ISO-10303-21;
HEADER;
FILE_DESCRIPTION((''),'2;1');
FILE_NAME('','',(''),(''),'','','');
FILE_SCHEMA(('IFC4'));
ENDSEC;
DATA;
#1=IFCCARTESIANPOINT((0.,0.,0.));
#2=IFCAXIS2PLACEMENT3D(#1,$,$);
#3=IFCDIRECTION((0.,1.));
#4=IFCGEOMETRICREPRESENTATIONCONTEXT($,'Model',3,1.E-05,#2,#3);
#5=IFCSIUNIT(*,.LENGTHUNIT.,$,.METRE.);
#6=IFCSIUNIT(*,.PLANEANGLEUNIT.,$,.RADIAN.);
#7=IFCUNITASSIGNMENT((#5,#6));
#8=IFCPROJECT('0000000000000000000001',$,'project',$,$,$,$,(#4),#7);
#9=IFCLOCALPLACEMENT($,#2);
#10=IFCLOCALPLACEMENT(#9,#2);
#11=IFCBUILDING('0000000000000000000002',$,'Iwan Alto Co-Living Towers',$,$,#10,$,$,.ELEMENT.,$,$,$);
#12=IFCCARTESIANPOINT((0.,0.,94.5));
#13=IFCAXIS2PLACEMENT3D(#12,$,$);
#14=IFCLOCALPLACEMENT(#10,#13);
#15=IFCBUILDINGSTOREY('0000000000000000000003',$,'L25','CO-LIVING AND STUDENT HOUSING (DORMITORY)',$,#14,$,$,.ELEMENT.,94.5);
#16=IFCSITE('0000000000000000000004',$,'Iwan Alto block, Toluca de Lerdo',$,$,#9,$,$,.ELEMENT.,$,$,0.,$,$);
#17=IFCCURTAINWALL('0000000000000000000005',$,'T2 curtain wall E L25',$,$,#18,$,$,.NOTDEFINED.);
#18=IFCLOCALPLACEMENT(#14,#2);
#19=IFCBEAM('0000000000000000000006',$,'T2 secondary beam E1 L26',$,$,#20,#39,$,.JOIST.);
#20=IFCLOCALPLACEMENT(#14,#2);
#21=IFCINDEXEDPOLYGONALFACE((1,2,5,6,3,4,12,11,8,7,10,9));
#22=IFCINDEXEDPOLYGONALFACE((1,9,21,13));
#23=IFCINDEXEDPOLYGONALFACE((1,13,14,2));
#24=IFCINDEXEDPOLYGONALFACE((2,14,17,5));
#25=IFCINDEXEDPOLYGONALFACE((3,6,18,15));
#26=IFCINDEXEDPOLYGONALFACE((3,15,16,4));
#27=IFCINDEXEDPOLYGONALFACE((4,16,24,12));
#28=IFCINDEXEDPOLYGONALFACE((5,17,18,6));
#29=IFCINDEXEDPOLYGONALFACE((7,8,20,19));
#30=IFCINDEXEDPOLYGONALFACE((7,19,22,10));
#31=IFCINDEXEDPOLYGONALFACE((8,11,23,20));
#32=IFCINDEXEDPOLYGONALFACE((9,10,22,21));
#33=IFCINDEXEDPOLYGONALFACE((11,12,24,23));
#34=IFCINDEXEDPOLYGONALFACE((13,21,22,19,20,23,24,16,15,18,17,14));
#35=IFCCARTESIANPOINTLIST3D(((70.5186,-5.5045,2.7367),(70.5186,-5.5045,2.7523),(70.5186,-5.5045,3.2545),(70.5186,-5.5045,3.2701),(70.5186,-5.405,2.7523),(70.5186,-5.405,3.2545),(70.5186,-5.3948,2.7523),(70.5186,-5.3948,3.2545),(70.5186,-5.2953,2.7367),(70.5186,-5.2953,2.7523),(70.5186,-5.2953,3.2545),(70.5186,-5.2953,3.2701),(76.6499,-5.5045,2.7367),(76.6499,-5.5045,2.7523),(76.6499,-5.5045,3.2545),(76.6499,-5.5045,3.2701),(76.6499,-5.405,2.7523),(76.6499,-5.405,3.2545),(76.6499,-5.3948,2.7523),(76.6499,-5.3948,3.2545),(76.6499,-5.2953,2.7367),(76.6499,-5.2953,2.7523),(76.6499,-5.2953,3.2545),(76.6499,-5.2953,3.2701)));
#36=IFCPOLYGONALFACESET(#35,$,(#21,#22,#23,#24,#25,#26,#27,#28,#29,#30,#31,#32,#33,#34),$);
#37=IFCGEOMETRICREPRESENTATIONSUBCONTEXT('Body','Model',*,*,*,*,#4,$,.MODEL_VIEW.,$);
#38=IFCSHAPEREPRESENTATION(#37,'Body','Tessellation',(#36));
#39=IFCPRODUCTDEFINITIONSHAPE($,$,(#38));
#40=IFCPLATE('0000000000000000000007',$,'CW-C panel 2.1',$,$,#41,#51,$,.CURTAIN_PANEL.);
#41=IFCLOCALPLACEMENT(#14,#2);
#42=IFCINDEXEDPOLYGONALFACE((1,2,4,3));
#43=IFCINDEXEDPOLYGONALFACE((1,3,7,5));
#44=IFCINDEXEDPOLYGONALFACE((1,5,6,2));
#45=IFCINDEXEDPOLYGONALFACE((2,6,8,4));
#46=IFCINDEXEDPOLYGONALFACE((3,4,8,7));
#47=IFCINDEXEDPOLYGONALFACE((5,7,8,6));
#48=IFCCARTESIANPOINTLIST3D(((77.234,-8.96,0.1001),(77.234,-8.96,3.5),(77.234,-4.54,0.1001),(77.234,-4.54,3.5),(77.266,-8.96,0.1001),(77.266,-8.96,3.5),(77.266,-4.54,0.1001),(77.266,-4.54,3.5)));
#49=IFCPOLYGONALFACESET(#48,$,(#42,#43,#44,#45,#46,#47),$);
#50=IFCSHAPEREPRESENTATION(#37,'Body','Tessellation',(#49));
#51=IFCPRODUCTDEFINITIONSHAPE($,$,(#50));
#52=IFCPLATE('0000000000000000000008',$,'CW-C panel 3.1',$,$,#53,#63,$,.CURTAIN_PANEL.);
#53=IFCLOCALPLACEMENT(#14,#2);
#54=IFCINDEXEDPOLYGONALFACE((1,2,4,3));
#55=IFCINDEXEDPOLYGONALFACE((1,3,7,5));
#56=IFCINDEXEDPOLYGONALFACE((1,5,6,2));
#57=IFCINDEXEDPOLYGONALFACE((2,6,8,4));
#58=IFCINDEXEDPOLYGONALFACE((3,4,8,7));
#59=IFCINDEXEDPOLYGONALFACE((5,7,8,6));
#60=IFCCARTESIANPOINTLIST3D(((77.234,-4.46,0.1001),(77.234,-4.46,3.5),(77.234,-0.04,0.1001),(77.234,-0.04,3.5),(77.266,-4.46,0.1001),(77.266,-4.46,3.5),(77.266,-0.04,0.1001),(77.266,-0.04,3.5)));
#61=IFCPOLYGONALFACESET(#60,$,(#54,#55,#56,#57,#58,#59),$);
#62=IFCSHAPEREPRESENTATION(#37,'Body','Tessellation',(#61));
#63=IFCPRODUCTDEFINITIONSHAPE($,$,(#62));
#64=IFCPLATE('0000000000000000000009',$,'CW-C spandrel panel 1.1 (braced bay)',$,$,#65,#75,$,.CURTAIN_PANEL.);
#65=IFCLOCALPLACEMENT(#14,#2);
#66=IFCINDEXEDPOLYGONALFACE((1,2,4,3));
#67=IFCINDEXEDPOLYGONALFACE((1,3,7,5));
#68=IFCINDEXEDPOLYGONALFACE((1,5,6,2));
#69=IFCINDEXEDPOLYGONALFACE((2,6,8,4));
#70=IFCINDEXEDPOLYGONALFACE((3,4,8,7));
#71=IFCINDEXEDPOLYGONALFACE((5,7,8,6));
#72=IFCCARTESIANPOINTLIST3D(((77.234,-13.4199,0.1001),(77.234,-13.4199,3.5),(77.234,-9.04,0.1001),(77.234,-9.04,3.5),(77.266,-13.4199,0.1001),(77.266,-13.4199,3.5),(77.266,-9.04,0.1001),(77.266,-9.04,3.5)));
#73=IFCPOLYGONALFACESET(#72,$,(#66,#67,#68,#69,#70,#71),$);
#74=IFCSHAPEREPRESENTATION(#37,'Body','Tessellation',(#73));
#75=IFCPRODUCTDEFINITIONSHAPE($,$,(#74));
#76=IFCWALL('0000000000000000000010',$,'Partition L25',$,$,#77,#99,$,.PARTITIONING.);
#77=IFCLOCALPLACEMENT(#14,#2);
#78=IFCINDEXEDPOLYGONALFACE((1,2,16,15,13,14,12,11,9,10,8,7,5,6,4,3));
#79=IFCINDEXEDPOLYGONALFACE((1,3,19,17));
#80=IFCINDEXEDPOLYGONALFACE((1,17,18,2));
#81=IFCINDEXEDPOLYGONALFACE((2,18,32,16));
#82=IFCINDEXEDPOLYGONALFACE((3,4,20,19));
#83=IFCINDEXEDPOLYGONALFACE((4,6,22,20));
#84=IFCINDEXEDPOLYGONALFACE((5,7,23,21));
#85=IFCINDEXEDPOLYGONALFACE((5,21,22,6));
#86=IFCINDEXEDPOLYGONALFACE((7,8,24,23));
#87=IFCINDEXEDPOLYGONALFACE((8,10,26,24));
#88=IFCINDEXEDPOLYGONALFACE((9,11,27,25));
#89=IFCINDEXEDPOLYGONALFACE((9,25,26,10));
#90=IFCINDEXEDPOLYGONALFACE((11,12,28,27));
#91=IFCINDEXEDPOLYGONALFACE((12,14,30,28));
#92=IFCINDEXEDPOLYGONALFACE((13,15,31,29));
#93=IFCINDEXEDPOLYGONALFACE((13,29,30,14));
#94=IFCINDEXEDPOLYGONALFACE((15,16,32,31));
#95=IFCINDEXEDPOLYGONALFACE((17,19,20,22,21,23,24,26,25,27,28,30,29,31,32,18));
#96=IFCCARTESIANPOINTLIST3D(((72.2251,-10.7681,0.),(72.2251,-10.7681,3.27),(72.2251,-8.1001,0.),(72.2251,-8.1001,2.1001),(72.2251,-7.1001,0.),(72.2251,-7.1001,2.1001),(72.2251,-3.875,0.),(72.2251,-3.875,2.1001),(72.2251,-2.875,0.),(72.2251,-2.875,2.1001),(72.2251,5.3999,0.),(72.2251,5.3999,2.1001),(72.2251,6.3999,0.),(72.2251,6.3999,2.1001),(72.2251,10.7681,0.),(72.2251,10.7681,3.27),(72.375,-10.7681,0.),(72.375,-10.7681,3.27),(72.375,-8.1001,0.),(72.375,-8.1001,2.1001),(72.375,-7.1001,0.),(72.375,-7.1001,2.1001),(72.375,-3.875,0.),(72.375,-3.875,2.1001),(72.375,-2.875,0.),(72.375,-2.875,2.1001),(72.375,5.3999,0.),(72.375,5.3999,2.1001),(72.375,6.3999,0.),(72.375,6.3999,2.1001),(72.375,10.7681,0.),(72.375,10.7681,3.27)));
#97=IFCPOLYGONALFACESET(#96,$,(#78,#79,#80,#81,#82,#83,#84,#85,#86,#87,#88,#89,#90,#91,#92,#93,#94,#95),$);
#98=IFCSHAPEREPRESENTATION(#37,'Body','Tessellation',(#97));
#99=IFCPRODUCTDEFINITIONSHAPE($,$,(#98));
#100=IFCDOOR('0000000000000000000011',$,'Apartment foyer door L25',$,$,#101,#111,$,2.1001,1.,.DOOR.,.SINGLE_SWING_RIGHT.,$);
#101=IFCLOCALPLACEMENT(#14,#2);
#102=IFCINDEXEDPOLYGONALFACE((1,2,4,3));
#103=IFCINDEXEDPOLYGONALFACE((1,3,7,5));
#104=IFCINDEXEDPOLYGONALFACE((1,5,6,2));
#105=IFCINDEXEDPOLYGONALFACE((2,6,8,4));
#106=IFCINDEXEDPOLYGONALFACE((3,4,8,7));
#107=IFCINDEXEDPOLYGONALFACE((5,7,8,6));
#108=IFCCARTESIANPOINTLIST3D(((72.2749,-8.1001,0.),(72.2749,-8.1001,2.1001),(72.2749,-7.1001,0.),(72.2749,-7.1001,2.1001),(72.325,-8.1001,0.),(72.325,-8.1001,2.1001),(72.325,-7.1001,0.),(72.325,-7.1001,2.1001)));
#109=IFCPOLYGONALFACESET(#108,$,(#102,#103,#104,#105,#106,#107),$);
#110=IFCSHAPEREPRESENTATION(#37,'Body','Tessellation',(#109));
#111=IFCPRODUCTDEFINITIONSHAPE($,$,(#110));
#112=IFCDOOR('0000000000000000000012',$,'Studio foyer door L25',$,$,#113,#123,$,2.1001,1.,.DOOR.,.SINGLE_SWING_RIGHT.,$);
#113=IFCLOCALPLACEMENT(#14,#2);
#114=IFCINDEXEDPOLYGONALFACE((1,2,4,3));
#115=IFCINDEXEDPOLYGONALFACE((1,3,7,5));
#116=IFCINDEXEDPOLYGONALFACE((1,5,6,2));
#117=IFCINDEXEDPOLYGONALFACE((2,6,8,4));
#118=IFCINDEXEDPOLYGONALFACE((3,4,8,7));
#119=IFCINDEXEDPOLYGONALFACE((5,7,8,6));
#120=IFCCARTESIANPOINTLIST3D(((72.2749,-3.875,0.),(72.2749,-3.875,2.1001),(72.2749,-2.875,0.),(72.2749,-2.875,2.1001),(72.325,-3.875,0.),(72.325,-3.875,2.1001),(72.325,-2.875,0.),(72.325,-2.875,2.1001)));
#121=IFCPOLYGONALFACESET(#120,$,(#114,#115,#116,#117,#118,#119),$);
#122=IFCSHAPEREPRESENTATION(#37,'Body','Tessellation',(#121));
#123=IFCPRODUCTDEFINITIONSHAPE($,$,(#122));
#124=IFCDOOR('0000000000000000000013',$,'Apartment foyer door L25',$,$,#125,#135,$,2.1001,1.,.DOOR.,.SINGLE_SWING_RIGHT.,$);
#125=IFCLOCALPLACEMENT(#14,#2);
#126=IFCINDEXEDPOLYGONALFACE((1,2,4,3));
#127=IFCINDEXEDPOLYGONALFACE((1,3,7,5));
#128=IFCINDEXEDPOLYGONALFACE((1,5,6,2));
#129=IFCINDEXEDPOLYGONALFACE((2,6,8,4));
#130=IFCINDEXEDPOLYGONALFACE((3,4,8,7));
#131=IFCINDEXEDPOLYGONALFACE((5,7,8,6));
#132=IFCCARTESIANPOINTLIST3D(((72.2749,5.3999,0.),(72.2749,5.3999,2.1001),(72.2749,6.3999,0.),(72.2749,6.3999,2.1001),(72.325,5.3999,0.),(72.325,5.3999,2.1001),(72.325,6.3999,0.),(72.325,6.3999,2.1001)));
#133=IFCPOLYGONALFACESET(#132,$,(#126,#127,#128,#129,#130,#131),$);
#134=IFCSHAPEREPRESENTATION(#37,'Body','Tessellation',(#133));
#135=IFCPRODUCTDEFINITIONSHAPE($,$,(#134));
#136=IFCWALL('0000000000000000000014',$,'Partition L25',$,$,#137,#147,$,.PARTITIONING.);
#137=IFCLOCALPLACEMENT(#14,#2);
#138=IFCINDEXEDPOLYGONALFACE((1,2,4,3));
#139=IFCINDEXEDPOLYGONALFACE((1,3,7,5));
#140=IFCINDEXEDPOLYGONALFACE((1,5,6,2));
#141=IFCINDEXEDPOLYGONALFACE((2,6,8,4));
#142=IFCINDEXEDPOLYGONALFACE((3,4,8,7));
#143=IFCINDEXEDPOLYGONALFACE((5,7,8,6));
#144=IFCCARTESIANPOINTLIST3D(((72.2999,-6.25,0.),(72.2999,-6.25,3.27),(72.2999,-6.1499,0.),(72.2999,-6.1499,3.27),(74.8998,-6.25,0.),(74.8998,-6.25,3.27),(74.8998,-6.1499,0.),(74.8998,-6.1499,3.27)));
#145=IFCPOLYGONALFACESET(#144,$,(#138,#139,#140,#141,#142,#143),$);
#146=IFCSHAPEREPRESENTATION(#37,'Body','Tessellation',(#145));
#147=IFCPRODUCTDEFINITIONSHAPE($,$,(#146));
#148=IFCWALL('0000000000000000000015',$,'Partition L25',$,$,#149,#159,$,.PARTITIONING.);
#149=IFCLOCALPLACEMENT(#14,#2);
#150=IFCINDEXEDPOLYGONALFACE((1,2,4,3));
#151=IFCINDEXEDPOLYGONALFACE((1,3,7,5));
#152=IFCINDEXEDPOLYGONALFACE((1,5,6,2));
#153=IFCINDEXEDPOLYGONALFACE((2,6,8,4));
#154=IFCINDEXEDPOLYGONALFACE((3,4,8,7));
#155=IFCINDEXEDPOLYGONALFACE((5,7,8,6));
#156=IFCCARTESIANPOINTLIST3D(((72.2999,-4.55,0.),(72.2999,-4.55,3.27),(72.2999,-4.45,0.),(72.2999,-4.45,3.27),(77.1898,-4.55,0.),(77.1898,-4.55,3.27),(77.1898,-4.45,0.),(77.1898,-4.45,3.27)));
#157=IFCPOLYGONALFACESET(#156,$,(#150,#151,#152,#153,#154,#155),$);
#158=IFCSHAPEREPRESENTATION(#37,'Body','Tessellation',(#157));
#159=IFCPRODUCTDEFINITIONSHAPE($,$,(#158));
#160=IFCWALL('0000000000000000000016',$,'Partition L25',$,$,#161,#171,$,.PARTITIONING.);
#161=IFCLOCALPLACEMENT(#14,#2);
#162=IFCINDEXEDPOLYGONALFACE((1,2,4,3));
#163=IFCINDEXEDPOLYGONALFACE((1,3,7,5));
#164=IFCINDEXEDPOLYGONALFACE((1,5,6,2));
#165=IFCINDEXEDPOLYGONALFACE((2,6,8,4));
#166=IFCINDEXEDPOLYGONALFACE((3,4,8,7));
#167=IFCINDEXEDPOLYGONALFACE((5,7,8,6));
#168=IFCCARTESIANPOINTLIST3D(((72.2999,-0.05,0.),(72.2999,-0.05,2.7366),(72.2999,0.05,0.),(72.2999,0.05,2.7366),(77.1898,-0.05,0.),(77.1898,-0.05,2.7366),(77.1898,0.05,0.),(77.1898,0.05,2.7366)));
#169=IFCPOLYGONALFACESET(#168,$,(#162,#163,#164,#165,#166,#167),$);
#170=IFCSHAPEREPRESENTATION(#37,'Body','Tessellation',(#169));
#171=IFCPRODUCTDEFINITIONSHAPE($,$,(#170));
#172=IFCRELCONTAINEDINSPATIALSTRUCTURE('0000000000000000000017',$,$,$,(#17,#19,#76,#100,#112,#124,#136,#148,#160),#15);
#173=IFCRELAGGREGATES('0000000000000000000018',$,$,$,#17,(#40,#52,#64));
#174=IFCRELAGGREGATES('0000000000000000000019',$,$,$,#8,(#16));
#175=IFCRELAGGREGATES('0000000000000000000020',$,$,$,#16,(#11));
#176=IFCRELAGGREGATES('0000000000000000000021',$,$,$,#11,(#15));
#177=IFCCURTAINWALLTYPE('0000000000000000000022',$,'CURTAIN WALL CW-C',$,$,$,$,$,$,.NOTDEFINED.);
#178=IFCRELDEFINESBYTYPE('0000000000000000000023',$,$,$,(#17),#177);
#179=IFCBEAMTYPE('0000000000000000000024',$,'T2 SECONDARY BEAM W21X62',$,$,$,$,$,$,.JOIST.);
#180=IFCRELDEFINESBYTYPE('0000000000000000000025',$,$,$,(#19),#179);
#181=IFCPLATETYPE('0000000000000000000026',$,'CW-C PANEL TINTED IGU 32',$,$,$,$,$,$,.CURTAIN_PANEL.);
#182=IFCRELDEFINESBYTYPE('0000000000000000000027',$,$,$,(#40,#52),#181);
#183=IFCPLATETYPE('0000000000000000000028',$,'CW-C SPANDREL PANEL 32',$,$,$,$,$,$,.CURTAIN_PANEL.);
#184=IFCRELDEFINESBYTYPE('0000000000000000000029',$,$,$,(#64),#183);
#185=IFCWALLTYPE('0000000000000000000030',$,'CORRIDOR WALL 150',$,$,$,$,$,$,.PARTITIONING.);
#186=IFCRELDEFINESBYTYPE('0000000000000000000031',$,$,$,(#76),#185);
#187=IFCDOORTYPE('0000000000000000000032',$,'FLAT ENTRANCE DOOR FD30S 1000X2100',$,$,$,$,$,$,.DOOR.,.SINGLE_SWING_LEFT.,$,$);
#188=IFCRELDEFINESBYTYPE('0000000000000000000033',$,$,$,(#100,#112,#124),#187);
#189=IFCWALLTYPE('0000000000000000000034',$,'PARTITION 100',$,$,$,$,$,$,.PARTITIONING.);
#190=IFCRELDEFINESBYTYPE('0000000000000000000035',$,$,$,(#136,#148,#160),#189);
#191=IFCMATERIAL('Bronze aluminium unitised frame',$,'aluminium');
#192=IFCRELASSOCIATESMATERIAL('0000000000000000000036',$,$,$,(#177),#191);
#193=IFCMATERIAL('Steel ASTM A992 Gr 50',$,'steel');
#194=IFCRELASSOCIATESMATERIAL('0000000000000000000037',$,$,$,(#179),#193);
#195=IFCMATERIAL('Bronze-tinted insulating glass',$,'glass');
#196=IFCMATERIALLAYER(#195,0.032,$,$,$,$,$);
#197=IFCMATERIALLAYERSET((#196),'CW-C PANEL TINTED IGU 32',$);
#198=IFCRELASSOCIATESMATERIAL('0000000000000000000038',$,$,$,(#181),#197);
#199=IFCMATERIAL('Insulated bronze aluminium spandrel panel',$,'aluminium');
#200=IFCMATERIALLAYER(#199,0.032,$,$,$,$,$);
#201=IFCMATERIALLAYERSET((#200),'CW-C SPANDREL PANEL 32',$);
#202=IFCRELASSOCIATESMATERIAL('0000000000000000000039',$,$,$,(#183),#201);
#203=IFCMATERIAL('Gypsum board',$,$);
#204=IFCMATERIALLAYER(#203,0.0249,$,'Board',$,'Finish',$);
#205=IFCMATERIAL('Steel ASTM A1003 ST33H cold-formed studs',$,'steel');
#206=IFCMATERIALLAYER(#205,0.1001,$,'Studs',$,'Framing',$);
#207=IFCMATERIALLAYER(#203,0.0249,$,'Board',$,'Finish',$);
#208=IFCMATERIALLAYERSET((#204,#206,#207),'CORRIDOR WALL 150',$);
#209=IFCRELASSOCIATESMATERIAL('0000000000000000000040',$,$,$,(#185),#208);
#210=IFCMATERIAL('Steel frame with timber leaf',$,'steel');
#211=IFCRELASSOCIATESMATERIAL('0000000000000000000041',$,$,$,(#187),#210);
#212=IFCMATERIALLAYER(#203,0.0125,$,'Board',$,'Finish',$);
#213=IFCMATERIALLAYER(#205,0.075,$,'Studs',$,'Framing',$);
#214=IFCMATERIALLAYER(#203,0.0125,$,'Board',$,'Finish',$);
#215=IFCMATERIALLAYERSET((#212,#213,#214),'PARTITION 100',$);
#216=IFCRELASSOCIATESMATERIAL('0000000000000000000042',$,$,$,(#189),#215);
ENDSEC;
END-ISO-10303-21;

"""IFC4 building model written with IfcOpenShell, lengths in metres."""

from ifc_helpers import new_model, si_unit, direction, frame, frame_2d, origin, origin_2d, place, context, subcontext, project, spatial, rectangle, i_section, extrude, material, layer, layer_set, material_profile, profile_set, type_object, element, fill, aggregate, save


model = new_model("IFC4")

# Units and contexts
model_context = context("Model", 3, precision=1e-05, world=origin(), true_north=direction((0.0, 1.0)))
body_context = subcontext(model_context, "Body", "Model", "MODEL_VIEW")
ifc_project = project(units=[si_unit("LENGTHUNIT", "METRE"), si_unit("PLANEANGLEUNIT", "RADIAN")], contexts=[model_context])

# Site, building, storey
site_placement = place(None, origin())
site = spatial("IfcSite", under=ifc_project, at=site_placement, Name="Iwan Alto block, Toluca de Lerdo", CompositionType="ELEMENT", RefElevation=0.0)
building_placement = place(site_placement, origin())
building = spatial("IfcBuilding", under=site, at=building_placement, Name="Iwan Alto Co-Living Towers", CompositionType="ELEMENT")
storey_placement = place(building_placement, frame((0.0, 0.0, 94.5)))
storey = spatial("IfcBuildingStorey", under=building, at=storey_placement, Name="L25", Description="CO-LIVING AND STUDENT HOUSING (DORMITORY)", CompositionType="ELEMENT", Elevation=94.5)

# Curtain wall
ifc_material_1 = material(Name="Bronze aluminium unitised frame", Category="aluminium")
curtain_wall_type = type_object("IfcCurtainWallType", Name="CURTAIN WALL CW-C", PredefinedType="NOTDEFINED", material=ifc_material_1)
curtain_wall_placement = place(storey_placement, origin())
curtain_wall = element("IfcCurtainWall", 1, at=curtain_wall_placement, inside=storey, type_object=curtain_wall_type, Name="T2 curtain wall E L25", PredefinedType="NOTDEFINED")

# Beam
ifc_material_2 = material(Name="Steel ASTM A992 Gr 50", Category="steel")
ifc_material_profile_1 = material_profile(ifc_material_2, i_section(OverallWidth=0.2092, OverallDepth=0.5334, WebThickness=0.0103, FlangeThickness=0.0156, at=origin_2d()), Name="W21X62")
ifc_profile_set_1 = profile_set([ifc_material_profile_1], Name="Steel ASTM A992 Gr 50")
beam_type_1 = type_object("IfcBeamType", Name="T2 SECONDARY BEAM W21X62", PredefinedType="JOIST", material=ifc_profile_set_1)
beam_1_placement = place(storey_placement, frame((76.6499, -5.3999, 3.0034), z_axis=(-1.0, 0.0, 0.0), x_axis=(0.0, -1.0, 0.0)))
element("IfcBeam", 2, at=beam_1_placement, inside=storey, type_object=beam_type_1, Name="T2 secondary beam E1 L26", PredefinedType="JOIST", context=body_context, shape_type="SweptSolid", body=[
    extrude(i_section(OverallWidth=0.2092, OverallDepth=0.5334, WebThickness=0.0103, FlangeThickness=0.0156, at=origin_2d()), origin(), (0.0, 0.0, 1.0), 6.1313),
])

# Plates
ifc_material_3 = material(Name="Bronze-tinted insulating glass", Category="glass")
ifc_layer_1 = layer(ifc_material_3, 0.032)
ifc_layer_set_1 = layer_set([ifc_layer_1], Name="CW-C PANEL TINTED IGU 32")
plate_type_1 = type_object("IfcPlateType", Name="CW-C PANEL TINTED IGU 32", PredefinedType="CURTAIN_PANEL", material=ifc_layer_set_1)
plate_1_placement = place(storey_placement, frame((77.25, -6.75, 0.1001), z_axis=(0.0, 0.0, 1.0), x_axis=(0.0, 1.0, 0.0)))
plate_1 = element("IfcPlate", 3, at=plate_1_placement, type_object=plate_type_1, Name="CW-C panel 2.1", PredefinedType="CURTAIN_PANEL", context=body_context, shape_type="SweptSolid", body=[
    extrude(rectangle(XDim=4.4199, YDim=0.032, at=origin_2d()), origin(), (0.0, 0.0, 1.0), 3.3999),
])
plate_2_placement = place(storey_placement, frame((77.25, -2.25, 0.1001), z_axis=(0.0, 0.0, 1.0), x_axis=(0.0, 1.0, 0.0)))
plate_2 = element("IfcPlate", 4, at=plate_2_placement, type_object=plate_type_1, Name="CW-C panel 3.1", PredefinedType="CURTAIN_PANEL", context=body_context, shape_type="SweptSolid", body=[
    extrude(rectangle(XDim=4.4199, YDim=0.032, at=origin_2d()), origin(), (0.0, 0.0, 1.0), 3.3999),
])
ifc_material_4 = material(Name="Insulated bronze aluminium spandrel panel", Category="aluminium")
ifc_layer_2 = layer(ifc_material_4, 0.032)
ifc_layer_set_2 = layer_set([ifc_layer_2], Name="CW-C SPANDREL PANEL 32")
plate_type_2 = type_object("IfcPlateType", Name="CW-C SPANDREL PANEL 32", PredefinedType="CURTAIN_PANEL", material=ifc_layer_set_2)
plate_3_placement = place(storey_placement, frame((77.25, -11.23, 0.1001), z_axis=(0.0, 0.0, 1.0), x_axis=(0.0, 1.0, 0.0)))
plate_3 = element("IfcPlate", 5, at=plate_3_placement, type_object=plate_type_2, Name="CW-C spandrel panel 1.1 (braced bay)", PredefinedType="CURTAIN_PANEL", context=body_context, shape_type="SweptSolid", body=[
    extrude(rectangle(XDim=4.3799, YDim=0.032, at=origin_2d()), origin(), (0.0, 0.0, 1.0), 3.3999),
])
aggregate(curtain_wall, [plate_1, plate_2, plate_3])

# Wall, openings, doors
ifc_material_5 = material(Name="Gypsum board")
ifc_layer_3 = layer(ifc_material_5, 0.0249, Name="Board", Category="Finish")
ifc_material_6 = material(Name="Steel ASTM A1003 ST33H cold-formed studs", Category="steel")
ifc_layer_4 = layer(ifc_material_6, 0.1001, Name="Studs", Category="Framing")
ifc_layer_5 = layer(ifc_material_5, 0.0249, Name="Board", Category="Finish")
ifc_layer_set_3 = layer_set([ifc_layer_3, ifc_layer_4, ifc_layer_5], Name="CORRIDOR WALL 150")
wall_type_1 = type_object("IfcWallType", Name="CORRIDOR WALL 150", PredefinedType="PARTITIONING", material=ifc_layer_set_3)
wall_1_placement = place(storey_placement, frame((72.3, -10.7681, 0.0), z_axis=(0.0, 0.0, 1.0), x_axis=(0.0, 1.0, 0.0)))
wall_1 = element("IfcWall", 6, at=wall_1_placement, inside=storey, type_object=wall_type_1, Name="Partition L25", PredefinedType="PARTITIONING", context=body_context, shape_type="SweptSolid", body=[
    extrude(rectangle(XDim=21.5361, YDim=0.1499, at=frame_2d((10.7681, 0.0))), origin(), (0.0, 0.0, 1.0), 3.27),
])
opening_1_placement = place(wall_1_placement, frame((2.668, 0.0, 0.0)))
opening_1 = element("IfcOpeningElement", 7, at=opening_1_placement, cuts=wall_1, PredefinedType="OPENING", context=body_context, shape_type="SweptSolid", body=[
    extrude(rectangle(XDim=1.0, YDim=2.1001, at=frame_2d((0.5, 1.05))), frame((0.0, 0.085, 0.0), z_axis=(0.0, -1.0, 0.0), x_axis=(1.0, 0.0, 0.0)), (0.0, 0.0, 1.0), 0.1699),
])
opening_2_placement = place(wall_1_placement, frame((6.8931, 0.0, 0.0)))
opening_2 = element("IfcOpeningElement", 8, at=opening_2_placement, cuts=wall_1, PredefinedType="OPENING", context=body_context, shape_type="SweptSolid", body=[
    extrude(rectangle(XDim=1.0, YDim=2.1001, at=frame_2d((0.5, 1.05))), frame((0.0, 0.085, 0.0), z_axis=(0.0, -1.0, 0.0), x_axis=(1.0, 0.0, 0.0)), (0.0, 0.0, 1.0), 0.1699),
])
opening_3_placement = place(wall_1_placement, frame((16.168, 0.0, 0.0)))
opening_3 = element("IfcOpeningElement", 9, at=opening_3_placement, cuts=wall_1, PredefinedType="OPENING", context=body_context, shape_type="SweptSolid", body=[
    extrude(rectangle(XDim=1.0, YDim=2.1001, at=frame_2d((0.5, 1.05))), frame((0.0, 0.085, 0.0), z_axis=(0.0, -1.0, 0.0), x_axis=(1.0, 0.0, 0.0)), (0.0, 0.0, 1.0), 0.1699),
])
ifc_material_7 = material(Name="Steel frame with timber leaf", Category="steel")
door_type_1 = type_object("IfcDoorType", Name="FLAT ENTRANCE DOOR FD30S 1000X2100", OperationType="SINGLE_SWING_LEFT", PredefinedType="DOOR", material=ifc_material_7)
door_1_placement = place(opening_1_placement, frame((1.0, 0.0, 0.0), z_axis=(0.0, 0.0, 1.0), x_axis=(-1.0, 0.0, 0.0)))
door_1 = element("IfcDoor", 10, at=door_1_placement, inside=storey, type_object=door_type_1, Name="Apartment foyer door L25", OperationType="SINGLE_SWING_RIGHT", OverallHeight=2.1001, OverallWidth=1.0, PredefinedType="DOOR", context=body_context, shape_type="SweptSolid", body=[
    extrude(rectangle(XDim=1.0, YDim=2.1001, at=frame_2d((0.5, 1.05))), frame((0.0, 0.0249, 0.0), z_axis=(0.0, -1.0, 0.0), x_axis=(1.0, 0.0, 0.0)), (0.0, 0.0, 1.0), 0.05),
])
fill(opening_1, door_1)
door_2_placement = place(opening_2_placement, frame((1.0, 0.0, 0.0), z_axis=(0.0, 0.0, 1.0), x_axis=(-1.0, 0.0, 0.0)))
door_2 = element("IfcDoor", 11, at=door_2_placement, inside=storey, type_object=door_type_1, Name="Studio foyer door L25", OperationType="SINGLE_SWING_RIGHT", OverallHeight=2.1001, OverallWidth=1.0, PredefinedType="DOOR", context=body_context, shape_type="SweptSolid", body=[
    extrude(rectangle(XDim=1.0, YDim=2.1001, at=frame_2d((0.5, 1.05))), frame((0.0, 0.0249, 0.0), z_axis=(0.0, -1.0, 0.0), x_axis=(1.0, 0.0, 0.0)), (0.0, 0.0, 1.0), 0.05),
])
fill(opening_2, door_2)
door_3_placement = place(opening_3_placement, frame((1.0, 0.0, 0.0), z_axis=(0.0, 0.0, 1.0), x_axis=(-1.0, 0.0, 0.0)))
door_3 = element("IfcDoor", 12, at=door_3_placement, inside=storey, type_object=door_type_1, Name="Apartment foyer door L25", OperationType="SINGLE_SWING_RIGHT", OverallHeight=2.1001, OverallWidth=1.0, PredefinedType="DOOR", context=body_context, shape_type="SweptSolid", body=[
    extrude(rectangle(XDim=1.0, YDim=2.1001, at=frame_2d((0.5, 1.05))), frame((0.0, 0.0249, 0.0), z_axis=(0.0, -1.0, 0.0), x_axis=(1.0, 0.0, 0.0)), (0.0, 0.0, 1.0), 0.05),
])
fill(opening_3, door_3)

# Walls
ifc_layer_6 = layer(ifc_material_5, 0.0125, Name="Board", Category="Finish")
ifc_layer_7 = layer(ifc_material_6, 0.075, Name="Studs", Category="Framing")
ifc_layer_8 = layer(ifc_material_5, 0.0125, Name="Board", Category="Finish")
ifc_layer_set_4 = layer_set([ifc_layer_6, ifc_layer_7, ifc_layer_8], Name="PARTITION 100")
wall_type_2 = type_object("IfcWallType", Name="PARTITION 100", PredefinedType="PARTITIONING", material=ifc_layer_set_4)
wall_2_placement = place(storey_placement, frame((72.3, -6.2, 0.0), z_axis=(0.0, 0.0, 1.0), x_axis=(1.0, 0.0, 0.0)))
element("IfcWall", 13, at=wall_2_placement, inside=storey, type_object=wall_type_2, Name="Partition L25", PredefinedType="PARTITIONING", context=body_context, shape_type="SweptSolid", body=[
    extrude(rectangle(XDim=2.5999, YDim=0.1001, at=frame_2d((1.2998, 0.0))), origin(), (0.0, 0.0, 1.0), 3.27),
])
wall_3_placement = place(storey_placement, frame((72.3, -4.5, 0.0), z_axis=(0.0, 0.0, 1.0), x_axis=(1.0, 0.0, 0.0)))
element("IfcWall", 14, at=wall_3_placement, inside=storey, type_object=wall_type_2, Name="Partition L25", PredefinedType="PARTITIONING", context=body_context, shape_type="SweptSolid", body=[
    extrude(rectangle(XDim=4.8899, YDim=0.1001, at=frame_2d((2.4448, 0.0))), origin(), (0.0, 0.0, 1.0), 3.27),
])
wall_4_placement = place(storey_placement, frame((72.3, 0.0, 0.0), z_axis=(0.0, 0.0, 1.0), x_axis=(1.0, 0.0, 0.0)))
element("IfcWall", 15, at=wall_4_placement, inside=storey, type_object=wall_type_2, Name="Partition L25", PredefinedType="PARTITIONING", context=body_context, shape_type="SweptSolid", body=[
    extrude(rectangle(XDim=4.8899, YDim=0.1001, at=frame_2d((2.4448, 0.0))), origin(), (0.0, 0.0, 1.0), 2.7366),
])

save(model, "model.ifc")
